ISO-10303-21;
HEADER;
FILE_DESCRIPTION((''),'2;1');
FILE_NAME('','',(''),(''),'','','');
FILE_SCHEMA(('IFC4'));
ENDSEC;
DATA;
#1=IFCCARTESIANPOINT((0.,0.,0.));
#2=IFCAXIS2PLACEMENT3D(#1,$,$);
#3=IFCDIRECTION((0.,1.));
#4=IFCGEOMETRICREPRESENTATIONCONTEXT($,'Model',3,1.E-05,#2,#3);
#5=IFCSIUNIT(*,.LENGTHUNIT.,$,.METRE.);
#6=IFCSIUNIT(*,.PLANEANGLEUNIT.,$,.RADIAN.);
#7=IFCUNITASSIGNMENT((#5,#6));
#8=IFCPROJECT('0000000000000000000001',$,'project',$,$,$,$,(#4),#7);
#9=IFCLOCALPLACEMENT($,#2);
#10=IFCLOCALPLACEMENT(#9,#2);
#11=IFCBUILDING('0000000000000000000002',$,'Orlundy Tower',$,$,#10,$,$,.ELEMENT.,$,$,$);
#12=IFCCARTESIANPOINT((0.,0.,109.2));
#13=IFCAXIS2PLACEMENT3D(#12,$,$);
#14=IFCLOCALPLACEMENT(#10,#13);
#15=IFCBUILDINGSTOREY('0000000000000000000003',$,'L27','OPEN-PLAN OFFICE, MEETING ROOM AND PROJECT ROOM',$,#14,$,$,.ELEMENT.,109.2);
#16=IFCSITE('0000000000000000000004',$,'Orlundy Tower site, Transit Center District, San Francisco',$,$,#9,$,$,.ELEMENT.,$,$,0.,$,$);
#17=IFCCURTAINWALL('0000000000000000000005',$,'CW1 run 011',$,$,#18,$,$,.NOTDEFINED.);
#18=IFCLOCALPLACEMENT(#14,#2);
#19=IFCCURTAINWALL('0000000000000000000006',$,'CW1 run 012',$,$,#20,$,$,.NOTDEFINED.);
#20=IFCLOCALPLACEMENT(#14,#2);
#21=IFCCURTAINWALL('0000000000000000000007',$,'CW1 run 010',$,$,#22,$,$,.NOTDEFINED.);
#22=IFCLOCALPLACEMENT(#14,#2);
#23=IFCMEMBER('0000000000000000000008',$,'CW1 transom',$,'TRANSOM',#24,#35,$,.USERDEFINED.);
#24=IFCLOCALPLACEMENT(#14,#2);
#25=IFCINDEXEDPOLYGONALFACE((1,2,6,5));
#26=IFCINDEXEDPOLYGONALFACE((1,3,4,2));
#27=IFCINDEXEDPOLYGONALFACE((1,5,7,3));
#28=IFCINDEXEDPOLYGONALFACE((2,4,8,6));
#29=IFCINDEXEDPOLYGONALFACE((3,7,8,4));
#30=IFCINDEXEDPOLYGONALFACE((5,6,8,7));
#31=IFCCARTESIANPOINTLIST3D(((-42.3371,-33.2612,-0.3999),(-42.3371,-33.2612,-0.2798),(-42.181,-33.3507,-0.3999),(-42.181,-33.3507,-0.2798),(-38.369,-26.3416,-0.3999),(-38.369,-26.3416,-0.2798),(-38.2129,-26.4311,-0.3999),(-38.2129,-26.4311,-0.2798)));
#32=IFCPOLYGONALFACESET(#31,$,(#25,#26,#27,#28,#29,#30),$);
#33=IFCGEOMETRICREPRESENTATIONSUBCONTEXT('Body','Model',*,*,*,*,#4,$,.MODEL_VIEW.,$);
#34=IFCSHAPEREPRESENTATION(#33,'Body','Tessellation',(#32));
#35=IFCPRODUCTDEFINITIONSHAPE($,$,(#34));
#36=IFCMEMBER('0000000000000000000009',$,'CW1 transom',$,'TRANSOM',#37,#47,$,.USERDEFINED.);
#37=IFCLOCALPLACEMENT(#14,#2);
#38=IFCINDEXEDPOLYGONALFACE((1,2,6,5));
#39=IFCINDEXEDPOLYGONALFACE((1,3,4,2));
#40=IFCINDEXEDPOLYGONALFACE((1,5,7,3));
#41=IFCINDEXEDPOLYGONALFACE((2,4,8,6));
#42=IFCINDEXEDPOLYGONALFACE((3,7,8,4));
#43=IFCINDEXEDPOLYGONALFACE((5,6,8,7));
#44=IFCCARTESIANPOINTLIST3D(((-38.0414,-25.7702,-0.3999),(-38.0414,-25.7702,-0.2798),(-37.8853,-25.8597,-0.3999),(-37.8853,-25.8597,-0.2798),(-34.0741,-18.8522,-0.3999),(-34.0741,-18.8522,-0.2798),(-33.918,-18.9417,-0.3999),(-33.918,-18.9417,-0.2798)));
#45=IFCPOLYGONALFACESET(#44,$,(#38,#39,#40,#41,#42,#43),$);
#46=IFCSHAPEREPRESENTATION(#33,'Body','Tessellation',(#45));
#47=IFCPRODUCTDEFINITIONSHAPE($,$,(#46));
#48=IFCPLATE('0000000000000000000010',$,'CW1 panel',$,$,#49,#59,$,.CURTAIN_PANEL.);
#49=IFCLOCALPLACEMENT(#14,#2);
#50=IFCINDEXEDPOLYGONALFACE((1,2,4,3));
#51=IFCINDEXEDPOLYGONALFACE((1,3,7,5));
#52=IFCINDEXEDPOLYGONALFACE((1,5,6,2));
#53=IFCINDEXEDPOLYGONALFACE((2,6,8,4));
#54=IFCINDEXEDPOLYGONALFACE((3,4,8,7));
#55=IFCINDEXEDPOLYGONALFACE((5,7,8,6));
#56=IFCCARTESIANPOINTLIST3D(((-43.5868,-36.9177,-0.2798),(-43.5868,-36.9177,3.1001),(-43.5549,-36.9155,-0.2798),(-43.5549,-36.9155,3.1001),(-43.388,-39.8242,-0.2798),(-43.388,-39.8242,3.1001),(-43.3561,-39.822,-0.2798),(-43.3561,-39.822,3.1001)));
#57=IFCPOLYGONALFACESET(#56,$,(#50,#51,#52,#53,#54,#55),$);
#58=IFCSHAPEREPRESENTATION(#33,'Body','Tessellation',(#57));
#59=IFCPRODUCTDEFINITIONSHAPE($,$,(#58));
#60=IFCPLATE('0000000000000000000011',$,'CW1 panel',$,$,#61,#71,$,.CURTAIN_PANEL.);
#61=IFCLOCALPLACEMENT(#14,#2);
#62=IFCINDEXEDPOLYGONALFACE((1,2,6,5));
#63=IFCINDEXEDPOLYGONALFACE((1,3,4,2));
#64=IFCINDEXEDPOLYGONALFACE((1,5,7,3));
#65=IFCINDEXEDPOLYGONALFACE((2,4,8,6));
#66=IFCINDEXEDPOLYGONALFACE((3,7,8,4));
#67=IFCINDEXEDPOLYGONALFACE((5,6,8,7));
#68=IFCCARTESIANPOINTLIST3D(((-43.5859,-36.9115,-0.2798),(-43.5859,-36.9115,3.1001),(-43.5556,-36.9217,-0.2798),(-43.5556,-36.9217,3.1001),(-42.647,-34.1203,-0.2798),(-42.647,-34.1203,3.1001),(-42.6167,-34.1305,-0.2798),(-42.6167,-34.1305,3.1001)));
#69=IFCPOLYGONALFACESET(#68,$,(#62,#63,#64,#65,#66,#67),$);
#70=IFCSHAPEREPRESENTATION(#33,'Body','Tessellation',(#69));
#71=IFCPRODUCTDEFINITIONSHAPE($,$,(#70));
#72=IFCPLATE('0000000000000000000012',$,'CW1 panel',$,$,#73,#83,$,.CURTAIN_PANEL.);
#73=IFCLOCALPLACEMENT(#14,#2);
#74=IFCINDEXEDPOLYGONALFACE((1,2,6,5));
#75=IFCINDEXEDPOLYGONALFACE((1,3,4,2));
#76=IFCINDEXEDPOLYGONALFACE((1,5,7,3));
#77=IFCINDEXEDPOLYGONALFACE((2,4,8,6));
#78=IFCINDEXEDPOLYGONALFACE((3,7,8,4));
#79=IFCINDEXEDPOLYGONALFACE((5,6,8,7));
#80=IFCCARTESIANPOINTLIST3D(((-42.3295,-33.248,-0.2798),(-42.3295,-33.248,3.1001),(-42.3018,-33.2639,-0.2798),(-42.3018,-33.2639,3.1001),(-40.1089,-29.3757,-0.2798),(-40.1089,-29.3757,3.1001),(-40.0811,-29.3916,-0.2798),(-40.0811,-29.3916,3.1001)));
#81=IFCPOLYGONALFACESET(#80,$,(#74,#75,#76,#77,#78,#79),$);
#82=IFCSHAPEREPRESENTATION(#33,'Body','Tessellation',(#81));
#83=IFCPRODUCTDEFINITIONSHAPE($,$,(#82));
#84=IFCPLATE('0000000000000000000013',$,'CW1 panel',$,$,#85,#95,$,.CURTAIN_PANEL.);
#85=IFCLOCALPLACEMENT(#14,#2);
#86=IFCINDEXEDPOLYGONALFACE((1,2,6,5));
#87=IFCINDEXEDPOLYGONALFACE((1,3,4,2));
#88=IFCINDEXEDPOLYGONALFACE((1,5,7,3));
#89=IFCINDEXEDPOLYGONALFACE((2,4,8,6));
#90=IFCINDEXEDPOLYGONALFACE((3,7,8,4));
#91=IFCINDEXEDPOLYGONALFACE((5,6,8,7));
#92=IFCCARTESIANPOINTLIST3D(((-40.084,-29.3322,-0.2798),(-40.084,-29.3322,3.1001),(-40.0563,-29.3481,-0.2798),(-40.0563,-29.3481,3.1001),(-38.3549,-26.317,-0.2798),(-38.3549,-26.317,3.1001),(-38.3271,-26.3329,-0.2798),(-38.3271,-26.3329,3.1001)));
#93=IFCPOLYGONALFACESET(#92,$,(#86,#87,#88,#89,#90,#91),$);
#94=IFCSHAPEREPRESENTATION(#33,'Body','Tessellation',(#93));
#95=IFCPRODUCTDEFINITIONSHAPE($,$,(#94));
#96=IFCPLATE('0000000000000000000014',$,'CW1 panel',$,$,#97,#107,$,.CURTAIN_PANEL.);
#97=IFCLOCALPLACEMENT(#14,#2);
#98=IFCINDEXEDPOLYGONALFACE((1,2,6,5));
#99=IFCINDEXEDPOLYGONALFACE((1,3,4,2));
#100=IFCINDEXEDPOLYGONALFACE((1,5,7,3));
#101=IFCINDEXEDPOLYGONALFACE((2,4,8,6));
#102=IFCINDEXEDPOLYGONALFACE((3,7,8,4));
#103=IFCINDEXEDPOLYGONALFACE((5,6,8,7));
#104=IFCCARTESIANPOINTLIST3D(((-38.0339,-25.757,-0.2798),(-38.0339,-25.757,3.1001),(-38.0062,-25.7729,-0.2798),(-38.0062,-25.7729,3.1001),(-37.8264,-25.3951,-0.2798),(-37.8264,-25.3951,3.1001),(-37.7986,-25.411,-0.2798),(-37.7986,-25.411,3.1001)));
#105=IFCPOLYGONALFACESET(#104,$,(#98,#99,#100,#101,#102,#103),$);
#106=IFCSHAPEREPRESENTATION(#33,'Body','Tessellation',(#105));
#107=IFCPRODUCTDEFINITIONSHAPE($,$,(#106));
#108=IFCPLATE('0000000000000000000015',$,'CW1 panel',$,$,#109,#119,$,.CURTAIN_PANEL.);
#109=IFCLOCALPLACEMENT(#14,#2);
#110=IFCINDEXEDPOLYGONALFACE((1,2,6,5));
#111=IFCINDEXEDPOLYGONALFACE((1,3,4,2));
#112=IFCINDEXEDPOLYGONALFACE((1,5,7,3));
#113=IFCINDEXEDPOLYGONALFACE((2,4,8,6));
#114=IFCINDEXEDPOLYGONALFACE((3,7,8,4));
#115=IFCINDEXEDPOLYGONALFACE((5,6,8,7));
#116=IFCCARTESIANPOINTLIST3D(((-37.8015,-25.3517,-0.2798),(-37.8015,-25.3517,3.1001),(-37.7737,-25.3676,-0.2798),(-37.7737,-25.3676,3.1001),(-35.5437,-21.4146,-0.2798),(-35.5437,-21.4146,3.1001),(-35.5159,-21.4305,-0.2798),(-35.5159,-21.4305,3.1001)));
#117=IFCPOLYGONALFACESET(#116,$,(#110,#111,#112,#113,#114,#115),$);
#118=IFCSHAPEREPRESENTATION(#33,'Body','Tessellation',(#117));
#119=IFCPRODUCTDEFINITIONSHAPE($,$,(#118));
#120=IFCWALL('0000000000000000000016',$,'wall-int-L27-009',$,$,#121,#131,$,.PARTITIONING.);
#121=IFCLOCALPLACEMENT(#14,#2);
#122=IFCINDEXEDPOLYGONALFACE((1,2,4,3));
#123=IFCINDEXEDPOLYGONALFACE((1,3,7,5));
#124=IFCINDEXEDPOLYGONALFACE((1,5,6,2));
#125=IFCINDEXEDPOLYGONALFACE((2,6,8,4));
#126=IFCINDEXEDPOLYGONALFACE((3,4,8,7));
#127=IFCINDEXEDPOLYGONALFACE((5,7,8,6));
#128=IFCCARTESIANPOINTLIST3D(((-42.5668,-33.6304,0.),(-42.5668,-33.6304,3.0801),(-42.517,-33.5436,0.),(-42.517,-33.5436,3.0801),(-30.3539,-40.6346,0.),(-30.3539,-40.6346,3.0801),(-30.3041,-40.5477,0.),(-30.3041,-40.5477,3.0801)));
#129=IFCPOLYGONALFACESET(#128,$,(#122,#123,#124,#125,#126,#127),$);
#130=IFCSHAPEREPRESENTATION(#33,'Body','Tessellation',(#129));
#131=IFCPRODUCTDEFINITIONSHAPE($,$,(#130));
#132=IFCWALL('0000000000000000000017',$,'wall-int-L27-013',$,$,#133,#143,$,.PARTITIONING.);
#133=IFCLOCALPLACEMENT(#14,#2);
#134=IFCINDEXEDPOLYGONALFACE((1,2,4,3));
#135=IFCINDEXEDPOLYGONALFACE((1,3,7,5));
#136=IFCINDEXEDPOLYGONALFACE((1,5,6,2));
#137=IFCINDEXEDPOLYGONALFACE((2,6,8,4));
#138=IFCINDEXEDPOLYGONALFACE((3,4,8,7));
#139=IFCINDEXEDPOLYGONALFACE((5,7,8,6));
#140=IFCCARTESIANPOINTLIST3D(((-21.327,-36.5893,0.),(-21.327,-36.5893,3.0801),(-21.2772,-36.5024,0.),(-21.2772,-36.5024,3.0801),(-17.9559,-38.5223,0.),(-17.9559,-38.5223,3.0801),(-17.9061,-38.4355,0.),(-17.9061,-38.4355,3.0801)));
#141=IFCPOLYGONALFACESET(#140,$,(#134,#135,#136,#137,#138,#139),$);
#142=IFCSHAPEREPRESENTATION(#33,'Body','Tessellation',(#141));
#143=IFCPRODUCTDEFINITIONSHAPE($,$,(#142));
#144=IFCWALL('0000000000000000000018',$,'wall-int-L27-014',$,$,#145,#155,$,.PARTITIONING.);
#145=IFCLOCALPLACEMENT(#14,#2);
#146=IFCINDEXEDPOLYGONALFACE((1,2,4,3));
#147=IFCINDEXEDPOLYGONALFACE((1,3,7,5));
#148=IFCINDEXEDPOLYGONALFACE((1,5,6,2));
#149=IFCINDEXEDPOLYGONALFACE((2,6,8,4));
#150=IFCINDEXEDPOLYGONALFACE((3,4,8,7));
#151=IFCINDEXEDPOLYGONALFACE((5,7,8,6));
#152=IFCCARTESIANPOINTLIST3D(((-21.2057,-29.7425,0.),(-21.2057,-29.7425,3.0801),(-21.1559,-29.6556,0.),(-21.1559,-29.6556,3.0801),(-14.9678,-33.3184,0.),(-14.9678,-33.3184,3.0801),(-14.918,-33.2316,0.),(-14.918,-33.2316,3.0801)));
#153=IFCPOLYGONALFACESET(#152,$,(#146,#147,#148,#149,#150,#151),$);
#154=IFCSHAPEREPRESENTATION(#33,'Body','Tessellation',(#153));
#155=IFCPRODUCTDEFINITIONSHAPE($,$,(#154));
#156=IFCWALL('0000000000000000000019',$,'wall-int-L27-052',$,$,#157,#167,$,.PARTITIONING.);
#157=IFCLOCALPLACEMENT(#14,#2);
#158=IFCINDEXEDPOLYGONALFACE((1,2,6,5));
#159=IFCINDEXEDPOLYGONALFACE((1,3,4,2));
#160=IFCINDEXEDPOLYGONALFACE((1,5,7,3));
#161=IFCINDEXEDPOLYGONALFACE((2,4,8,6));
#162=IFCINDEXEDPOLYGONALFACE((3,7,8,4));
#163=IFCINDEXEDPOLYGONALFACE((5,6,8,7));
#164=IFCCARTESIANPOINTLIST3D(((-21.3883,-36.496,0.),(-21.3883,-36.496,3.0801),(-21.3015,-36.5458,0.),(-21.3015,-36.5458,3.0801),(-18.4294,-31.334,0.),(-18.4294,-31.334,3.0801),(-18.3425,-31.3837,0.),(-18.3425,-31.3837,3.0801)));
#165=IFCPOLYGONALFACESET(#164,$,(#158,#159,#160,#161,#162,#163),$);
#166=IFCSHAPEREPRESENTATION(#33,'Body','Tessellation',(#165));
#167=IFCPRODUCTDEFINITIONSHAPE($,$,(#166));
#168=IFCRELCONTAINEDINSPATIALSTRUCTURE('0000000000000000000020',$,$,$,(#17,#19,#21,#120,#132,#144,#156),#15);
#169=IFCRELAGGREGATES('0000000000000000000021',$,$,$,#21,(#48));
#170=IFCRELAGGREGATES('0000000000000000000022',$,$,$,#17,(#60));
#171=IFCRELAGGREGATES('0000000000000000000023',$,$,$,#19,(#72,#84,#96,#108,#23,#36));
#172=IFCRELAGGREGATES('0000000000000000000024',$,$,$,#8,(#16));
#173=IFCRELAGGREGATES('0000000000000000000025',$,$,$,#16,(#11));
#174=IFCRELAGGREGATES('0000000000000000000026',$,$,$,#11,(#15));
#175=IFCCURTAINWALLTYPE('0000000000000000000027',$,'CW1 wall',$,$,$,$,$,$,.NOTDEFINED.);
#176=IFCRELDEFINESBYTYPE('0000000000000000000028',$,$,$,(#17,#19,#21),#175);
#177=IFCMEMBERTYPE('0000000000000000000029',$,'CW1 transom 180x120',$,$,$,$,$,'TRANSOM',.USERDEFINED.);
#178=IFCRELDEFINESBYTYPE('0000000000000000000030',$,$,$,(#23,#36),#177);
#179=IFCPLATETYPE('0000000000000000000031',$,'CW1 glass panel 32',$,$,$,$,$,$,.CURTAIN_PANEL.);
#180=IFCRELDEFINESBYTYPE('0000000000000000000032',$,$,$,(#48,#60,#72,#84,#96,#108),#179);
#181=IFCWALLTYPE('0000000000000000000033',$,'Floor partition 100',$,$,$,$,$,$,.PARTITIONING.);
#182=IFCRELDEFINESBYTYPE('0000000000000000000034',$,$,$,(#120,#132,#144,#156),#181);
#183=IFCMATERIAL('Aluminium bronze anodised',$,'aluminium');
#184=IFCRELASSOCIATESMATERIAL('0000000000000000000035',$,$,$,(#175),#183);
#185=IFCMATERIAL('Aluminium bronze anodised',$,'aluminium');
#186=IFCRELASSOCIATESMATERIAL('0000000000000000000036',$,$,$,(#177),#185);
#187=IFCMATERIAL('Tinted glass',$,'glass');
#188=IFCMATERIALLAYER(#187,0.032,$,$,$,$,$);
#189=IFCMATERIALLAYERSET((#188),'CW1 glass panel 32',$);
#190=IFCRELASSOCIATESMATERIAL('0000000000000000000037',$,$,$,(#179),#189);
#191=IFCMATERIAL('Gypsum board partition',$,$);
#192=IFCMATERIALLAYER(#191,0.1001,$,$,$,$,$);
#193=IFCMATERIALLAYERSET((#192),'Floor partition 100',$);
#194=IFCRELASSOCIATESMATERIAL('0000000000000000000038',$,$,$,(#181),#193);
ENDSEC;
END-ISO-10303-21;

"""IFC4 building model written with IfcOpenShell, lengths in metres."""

from ifc_helpers import new_model, si_unit, direction, frame, frame_2d, origin, origin_2d, place, context, subcontext, project, spatial, rectangle, extrude, material, layer, layer_set, material_profile, profile_set, type_object, element, aggregate, save


model = new_model("IFC4")

# Units and contexts
model_context = context("Model", 3, precision=1e-05, world=origin(), true_north=direction((0.0, 1.0)))
body_context = subcontext(model_context, "Body", "Model", "MODEL_VIEW")
ifc_project = project(units=[si_unit("LENGTHUNIT", "METRE"), si_unit("PLANEANGLEUNIT", "RADIAN")], contexts=[model_context])

# Site, building, storey
site_placement = place(None, origin())
site = spatial("IfcSite", under=ifc_project, at=site_placement, Name="Orlundy Tower site, Transit Center District, San Francisco", CompositionType="ELEMENT", RefElevation=0.0)
building_placement = place(site_placement, origin())
building = spatial("IfcBuilding", under=site, at=building_placement, Name="Orlundy Tower", CompositionType="ELEMENT")
storey_placement = place(building_placement, frame((0.0, 0.0, 109.2)))
storey = spatial("IfcBuildingStorey", under=building, at=storey_placement, Name="L27", Description="OPEN-PLAN OFFICE, MEETING ROOM AND PROJECT ROOM", CompositionType="ELEMENT", Elevation=109.2)

# Curtain wall
ifc_material_1 = material(Name="Aluminium bronze anodised", Category="aluminium")
curtain_wall_type = type_object("IfcCurtainWallType", Name="CW1 wall", PredefinedType="NOTDEFINED", material=ifc_material_1)
curtain_wall_1_placement = place(storey_placement, origin())
curtain_wall_1 = element("IfcCurtainWall", 1, at=curtain_wall_1_placement, inside=storey, type_object=curtain_wall_type, Name="CW1 run 011", PredefinedType="NOTDEFINED")

# Curtain wall
curtain_wall_2_placement = place(storey_placement, origin())
curtain_wall_2 = element("IfcCurtainWall", 2, at=curtain_wall_2_placement, inside=storey, type_object=curtain_wall_type, Name="CW1 run 012", PredefinedType="NOTDEFINED")

# Curtain wall
curtain_wall_3_placement = place(storey_placement, origin())
curtain_wall_3 = element("IfcCurtainWall", 3, at=curtain_wall_3_placement, inside=storey, type_object=curtain_wall_type, Name="CW1 run 010", PredefinedType="NOTDEFINED")
ifc_material_2 = material(Name="Aluminium bronze anodised", Category="aluminium")
ifc_material_profile_1 = material_profile(ifc_material_2, rectangle(XDim=0.1799, YDim=0.1201, at=origin_2d()), Name="CW1 transom 180x120")
ifc_profile_set_1 = profile_set([ifc_material_profile_1], Name="Aluminium bronze anodised")
member_type_1 = type_object("IfcMemberType", Name="CW1 transom 180x120", ElementType="TRANSOM", PredefinedType="USERDEFINED", material=ifc_profile_set_1)

# Members
member_1_placement = place(storey_placement, frame((-42.259, -33.3059, -0.3398), z_axis=(0.497467, 0.867483, 0.0), x_axis=(-0.867483, 0.497467, 0.0)))
member_1 = element("IfcMember", 4, at=member_1_placement, type_object=member_type_1, Name="CW1 transom", ObjectType="TRANSOM", PredefinedType="USERDEFINED", context=body_context, shape_type="SweptSolid", body=[
    extrude(rectangle(XDim=0.1799, YDim=0.1201, at=origin_2d()), origin(), (0.0, 0.0, 1.0), 7.9766),
])
member_2_placement = place(storey_placement, frame((-37.9634, -25.8149, -0.3398), z_axis=(0.497477, 0.867477, 0.0), x_axis=(-0.867477, 0.497477, 0.0)))
member_2 = element("IfcMember", 5, at=member_2_placement, type_object=member_type_1, Name="CW1 transom", ObjectType="TRANSOM", PredefinedType="USERDEFINED", context=body_context, shape_type="SweptSolid", body=[
    extrude(rectangle(XDim=0.1799, YDim=0.1201, at=origin_2d()), origin(), (0.0, 0.0, 1.0), 7.9749),
])

# Plates
ifc_material_3 = material(Name="Tinted glass", Category="glass")
ifc_layer_1 = layer(ifc_material_3, 0.032)
ifc_layer_set_1 = layer_set([ifc_layer_1], Name="CW1 glass panel 32")
plate_type = type_object("IfcPlateType", Name="CW1 glass panel 32", PredefinedType="CURTAIN_PANEL", material=ifc_layer_set_1)
plate_1_placement = place(storey_placement, frame((-43.4714, -38.3699, -0.2798), z_axis=(0.0, 0.0, 1.0), x_axis=(-0.068256, 0.997668, 0.0)))
plate_1 = element("IfcPlate", 6, at=plate_1_placement, type_object=plate_type, Name="CW1 panel", PredefinedType="CURTAIN_PANEL", context=body_context, shape_type="SweptSolid", body=[
    extrude(rectangle(XDim=2.9133, YDim=0.032, at=origin_2d()), origin(), (0.0, 0.0, 1.0), 3.3799),
])
aggregate(curtain_wall_3, [plate_1])
plate_2_placement = place(storey_placement, frame((-43.1013, -35.521, -0.2798), z_axis=(0.0, 0.0, 1.0), x_axis=(0.318816, 0.947817, 0.0)))
plate_2 = element("IfcPlate", 7, at=plate_2_placement, type_object=plate_type, Name="CW1 panel", PredefinedType="CURTAIN_PANEL", context=body_context, shape_type="SweptSolid", body=[
    extrude(rectangle(XDim=2.9448, YDim=0.032, at=origin_2d()), origin(), (0.0, 0.0, 1.0), 3.3799),
])
aggregate(curtain_wall_1, [plate_2])
plate_3_placement = place(storey_placement, frame((-41.2053, -31.3198, -0.2798), z_axis=(0.0, 0.0, 1.0), x_axis=(0.497468, 0.867482, 0.0)))
plate_3 = element("IfcPlate", 8, at=plate_3_placement, type_object=plate_type, Name="CW1 panel", PredefinedType="CURTAIN_PANEL", context=body_context, shape_type="SweptSolid", body=[
    extrude(rectangle(XDim=4.4639, YDim=0.032, at=origin_2d()), origin(), (0.0, 0.0, 1.0), 3.3799),
])
plate_4_placement = place(storey_placement, frame((-39.2056, -27.8325, -0.2798), z_axis=(0.0, 0.0, 1.0), x_axis=(0.497468, 0.867482, 0.0)))
plate_4 = element("IfcPlate", 9, at=plate_4_placement, type_object=plate_type, Name="CW1 panel", PredefinedType="CURTAIN_PANEL", context=body_context, shape_type="SweptSolid", body=[
    extrude(rectangle(XDim=3.4758, YDim=0.032, at=origin_2d()), origin(), (0.0, 0.0, 1.0), 3.3799),
])
plate_5_placement = place(storey_placement, frame((-37.9163, -25.584, -0.2798), z_axis=(0.0, 0.0, 1.0), x_axis=(0.497468, 0.867482, 0.0)))
plate_5 = element("IfcPlate", 10, at=plate_5_placement, type_object=plate_type, Name="CW1 panel", PredefinedType="CURTAIN_PANEL", context=body_context, shape_type="SweptSolid", body=[
    extrude(rectangle(XDim=0.4172, YDim=0.032, at=origin_2d()), origin(), (0.0, 0.0, 1.0), 3.3799),
])
plate_6_placement = place(storey_placement, frame((-36.6587, -23.3911, -0.2798), z_axis=(0.0, 0.0, 1.0), x_axis=(0.497468, 0.867482, 0.0)))
plate_6 = element("IfcPlate", 11, at=plate_6_placement, type_object=plate_type, Name="CW1 panel", PredefinedType="CURTAIN_PANEL", context=body_context, shape_type="SweptSolid", body=[
    extrude(rectangle(XDim=4.5386, YDim=0.032, at=origin_2d()), origin(), (0.0, 0.0, 1.0), 3.3799),
])
aggregate(curtain_wall_2, [plate_3, plate_4, plate_5, plate_6, member_1, member_2])

# Walls
ifc_material_4 = material(Name="Gypsum board partition")
ifc_layer_2 = layer(ifc_material_4, 0.1001)
ifc_layer_set_2 = layer_set([ifc_layer_2], Name="Floor partition 100")
wall_type = type_object("IfcWallType", Name="Floor partition 100", PredefinedType="PARTITIONING", material=ifc_layer_set_2)
wall_1_placement = place(storey_placement, frame((-42.542, -33.5869, 0.0), z_axis=(0.0, 0.0, 1.0), x_axis=(0.867466, -0.497496, 0.0)))
element("IfcWall", 12, at=wall_1_placement, inside=storey, type_object=wall_type, Name="wall-int-L27-009", PredefinedType="PARTITIONING", context=body_context, shape_type="SweptSolid", body=[
    extrude(rectangle(XDim=14.0789, YDim=0.1001, at=frame_2d((7.0396, 0.0))), origin(), (0.0, 0.0, 1.0), 3.0801),
])
wall_2_placement = place(storey_placement, frame((-21.302, -36.5459, 0.0), z_axis=(0.0, 0.0, 1.0), x_axis=(0.867492, -0.497451, 0.0)))
element("IfcWall", 13, at=wall_2_placement, inside=storey, type_object=wall_type, Name="wall-int-L27-013", PredefinedType="PARTITIONING", context=body_context, shape_type="SweptSolid", body=[
    extrude(rectangle(XDim=3.886, YDim=0.1001, at=frame_2d((1.9429, 0.0))), origin(), (0.0, 0.0, 1.0), 3.0801),
])
wall_3_placement = place(storey_placement, frame((-21.1809, -29.699, 0.0), z_axis=(0.0, 0.0, 1.0), x_axis=(0.867555, -0.497342, 0.0)))
element("IfcWall", 14, at=wall_3_placement, inside=storey, type_object=wall_type, Name="wall-int-L27-014", PredefinedType="PARTITIONING", context=body_context, shape_type="SweptSolid", body=[
    extrude(rectangle(XDim=7.1902, YDim=0.1001, at=frame_2d((3.5952, 0.0))), origin(), (0.0, 0.0, 1.0), 3.0801),
])
wall_4_placement = place(storey_placement, frame((-21.345, -36.521, 0.0), z_axis=(0.0, 0.0, 1.0), x_axis=(0.497305, 0.867576, 0.0)))
element("IfcWall", 15, at=wall_4_placement, inside=storey, type_object=wall_type, Name="wall-int-L27-052", PredefinedType="PARTITIONING", context=body_context, shape_type="SweptSolid", body=[
    extrude(rectangle(XDim=5.95, YDim=0.1001, at=frame_2d((2.9751, 0.0))), origin(), (0.0, 0.0, 1.0), 3.0801),
])

save(model, "model.ifc")
